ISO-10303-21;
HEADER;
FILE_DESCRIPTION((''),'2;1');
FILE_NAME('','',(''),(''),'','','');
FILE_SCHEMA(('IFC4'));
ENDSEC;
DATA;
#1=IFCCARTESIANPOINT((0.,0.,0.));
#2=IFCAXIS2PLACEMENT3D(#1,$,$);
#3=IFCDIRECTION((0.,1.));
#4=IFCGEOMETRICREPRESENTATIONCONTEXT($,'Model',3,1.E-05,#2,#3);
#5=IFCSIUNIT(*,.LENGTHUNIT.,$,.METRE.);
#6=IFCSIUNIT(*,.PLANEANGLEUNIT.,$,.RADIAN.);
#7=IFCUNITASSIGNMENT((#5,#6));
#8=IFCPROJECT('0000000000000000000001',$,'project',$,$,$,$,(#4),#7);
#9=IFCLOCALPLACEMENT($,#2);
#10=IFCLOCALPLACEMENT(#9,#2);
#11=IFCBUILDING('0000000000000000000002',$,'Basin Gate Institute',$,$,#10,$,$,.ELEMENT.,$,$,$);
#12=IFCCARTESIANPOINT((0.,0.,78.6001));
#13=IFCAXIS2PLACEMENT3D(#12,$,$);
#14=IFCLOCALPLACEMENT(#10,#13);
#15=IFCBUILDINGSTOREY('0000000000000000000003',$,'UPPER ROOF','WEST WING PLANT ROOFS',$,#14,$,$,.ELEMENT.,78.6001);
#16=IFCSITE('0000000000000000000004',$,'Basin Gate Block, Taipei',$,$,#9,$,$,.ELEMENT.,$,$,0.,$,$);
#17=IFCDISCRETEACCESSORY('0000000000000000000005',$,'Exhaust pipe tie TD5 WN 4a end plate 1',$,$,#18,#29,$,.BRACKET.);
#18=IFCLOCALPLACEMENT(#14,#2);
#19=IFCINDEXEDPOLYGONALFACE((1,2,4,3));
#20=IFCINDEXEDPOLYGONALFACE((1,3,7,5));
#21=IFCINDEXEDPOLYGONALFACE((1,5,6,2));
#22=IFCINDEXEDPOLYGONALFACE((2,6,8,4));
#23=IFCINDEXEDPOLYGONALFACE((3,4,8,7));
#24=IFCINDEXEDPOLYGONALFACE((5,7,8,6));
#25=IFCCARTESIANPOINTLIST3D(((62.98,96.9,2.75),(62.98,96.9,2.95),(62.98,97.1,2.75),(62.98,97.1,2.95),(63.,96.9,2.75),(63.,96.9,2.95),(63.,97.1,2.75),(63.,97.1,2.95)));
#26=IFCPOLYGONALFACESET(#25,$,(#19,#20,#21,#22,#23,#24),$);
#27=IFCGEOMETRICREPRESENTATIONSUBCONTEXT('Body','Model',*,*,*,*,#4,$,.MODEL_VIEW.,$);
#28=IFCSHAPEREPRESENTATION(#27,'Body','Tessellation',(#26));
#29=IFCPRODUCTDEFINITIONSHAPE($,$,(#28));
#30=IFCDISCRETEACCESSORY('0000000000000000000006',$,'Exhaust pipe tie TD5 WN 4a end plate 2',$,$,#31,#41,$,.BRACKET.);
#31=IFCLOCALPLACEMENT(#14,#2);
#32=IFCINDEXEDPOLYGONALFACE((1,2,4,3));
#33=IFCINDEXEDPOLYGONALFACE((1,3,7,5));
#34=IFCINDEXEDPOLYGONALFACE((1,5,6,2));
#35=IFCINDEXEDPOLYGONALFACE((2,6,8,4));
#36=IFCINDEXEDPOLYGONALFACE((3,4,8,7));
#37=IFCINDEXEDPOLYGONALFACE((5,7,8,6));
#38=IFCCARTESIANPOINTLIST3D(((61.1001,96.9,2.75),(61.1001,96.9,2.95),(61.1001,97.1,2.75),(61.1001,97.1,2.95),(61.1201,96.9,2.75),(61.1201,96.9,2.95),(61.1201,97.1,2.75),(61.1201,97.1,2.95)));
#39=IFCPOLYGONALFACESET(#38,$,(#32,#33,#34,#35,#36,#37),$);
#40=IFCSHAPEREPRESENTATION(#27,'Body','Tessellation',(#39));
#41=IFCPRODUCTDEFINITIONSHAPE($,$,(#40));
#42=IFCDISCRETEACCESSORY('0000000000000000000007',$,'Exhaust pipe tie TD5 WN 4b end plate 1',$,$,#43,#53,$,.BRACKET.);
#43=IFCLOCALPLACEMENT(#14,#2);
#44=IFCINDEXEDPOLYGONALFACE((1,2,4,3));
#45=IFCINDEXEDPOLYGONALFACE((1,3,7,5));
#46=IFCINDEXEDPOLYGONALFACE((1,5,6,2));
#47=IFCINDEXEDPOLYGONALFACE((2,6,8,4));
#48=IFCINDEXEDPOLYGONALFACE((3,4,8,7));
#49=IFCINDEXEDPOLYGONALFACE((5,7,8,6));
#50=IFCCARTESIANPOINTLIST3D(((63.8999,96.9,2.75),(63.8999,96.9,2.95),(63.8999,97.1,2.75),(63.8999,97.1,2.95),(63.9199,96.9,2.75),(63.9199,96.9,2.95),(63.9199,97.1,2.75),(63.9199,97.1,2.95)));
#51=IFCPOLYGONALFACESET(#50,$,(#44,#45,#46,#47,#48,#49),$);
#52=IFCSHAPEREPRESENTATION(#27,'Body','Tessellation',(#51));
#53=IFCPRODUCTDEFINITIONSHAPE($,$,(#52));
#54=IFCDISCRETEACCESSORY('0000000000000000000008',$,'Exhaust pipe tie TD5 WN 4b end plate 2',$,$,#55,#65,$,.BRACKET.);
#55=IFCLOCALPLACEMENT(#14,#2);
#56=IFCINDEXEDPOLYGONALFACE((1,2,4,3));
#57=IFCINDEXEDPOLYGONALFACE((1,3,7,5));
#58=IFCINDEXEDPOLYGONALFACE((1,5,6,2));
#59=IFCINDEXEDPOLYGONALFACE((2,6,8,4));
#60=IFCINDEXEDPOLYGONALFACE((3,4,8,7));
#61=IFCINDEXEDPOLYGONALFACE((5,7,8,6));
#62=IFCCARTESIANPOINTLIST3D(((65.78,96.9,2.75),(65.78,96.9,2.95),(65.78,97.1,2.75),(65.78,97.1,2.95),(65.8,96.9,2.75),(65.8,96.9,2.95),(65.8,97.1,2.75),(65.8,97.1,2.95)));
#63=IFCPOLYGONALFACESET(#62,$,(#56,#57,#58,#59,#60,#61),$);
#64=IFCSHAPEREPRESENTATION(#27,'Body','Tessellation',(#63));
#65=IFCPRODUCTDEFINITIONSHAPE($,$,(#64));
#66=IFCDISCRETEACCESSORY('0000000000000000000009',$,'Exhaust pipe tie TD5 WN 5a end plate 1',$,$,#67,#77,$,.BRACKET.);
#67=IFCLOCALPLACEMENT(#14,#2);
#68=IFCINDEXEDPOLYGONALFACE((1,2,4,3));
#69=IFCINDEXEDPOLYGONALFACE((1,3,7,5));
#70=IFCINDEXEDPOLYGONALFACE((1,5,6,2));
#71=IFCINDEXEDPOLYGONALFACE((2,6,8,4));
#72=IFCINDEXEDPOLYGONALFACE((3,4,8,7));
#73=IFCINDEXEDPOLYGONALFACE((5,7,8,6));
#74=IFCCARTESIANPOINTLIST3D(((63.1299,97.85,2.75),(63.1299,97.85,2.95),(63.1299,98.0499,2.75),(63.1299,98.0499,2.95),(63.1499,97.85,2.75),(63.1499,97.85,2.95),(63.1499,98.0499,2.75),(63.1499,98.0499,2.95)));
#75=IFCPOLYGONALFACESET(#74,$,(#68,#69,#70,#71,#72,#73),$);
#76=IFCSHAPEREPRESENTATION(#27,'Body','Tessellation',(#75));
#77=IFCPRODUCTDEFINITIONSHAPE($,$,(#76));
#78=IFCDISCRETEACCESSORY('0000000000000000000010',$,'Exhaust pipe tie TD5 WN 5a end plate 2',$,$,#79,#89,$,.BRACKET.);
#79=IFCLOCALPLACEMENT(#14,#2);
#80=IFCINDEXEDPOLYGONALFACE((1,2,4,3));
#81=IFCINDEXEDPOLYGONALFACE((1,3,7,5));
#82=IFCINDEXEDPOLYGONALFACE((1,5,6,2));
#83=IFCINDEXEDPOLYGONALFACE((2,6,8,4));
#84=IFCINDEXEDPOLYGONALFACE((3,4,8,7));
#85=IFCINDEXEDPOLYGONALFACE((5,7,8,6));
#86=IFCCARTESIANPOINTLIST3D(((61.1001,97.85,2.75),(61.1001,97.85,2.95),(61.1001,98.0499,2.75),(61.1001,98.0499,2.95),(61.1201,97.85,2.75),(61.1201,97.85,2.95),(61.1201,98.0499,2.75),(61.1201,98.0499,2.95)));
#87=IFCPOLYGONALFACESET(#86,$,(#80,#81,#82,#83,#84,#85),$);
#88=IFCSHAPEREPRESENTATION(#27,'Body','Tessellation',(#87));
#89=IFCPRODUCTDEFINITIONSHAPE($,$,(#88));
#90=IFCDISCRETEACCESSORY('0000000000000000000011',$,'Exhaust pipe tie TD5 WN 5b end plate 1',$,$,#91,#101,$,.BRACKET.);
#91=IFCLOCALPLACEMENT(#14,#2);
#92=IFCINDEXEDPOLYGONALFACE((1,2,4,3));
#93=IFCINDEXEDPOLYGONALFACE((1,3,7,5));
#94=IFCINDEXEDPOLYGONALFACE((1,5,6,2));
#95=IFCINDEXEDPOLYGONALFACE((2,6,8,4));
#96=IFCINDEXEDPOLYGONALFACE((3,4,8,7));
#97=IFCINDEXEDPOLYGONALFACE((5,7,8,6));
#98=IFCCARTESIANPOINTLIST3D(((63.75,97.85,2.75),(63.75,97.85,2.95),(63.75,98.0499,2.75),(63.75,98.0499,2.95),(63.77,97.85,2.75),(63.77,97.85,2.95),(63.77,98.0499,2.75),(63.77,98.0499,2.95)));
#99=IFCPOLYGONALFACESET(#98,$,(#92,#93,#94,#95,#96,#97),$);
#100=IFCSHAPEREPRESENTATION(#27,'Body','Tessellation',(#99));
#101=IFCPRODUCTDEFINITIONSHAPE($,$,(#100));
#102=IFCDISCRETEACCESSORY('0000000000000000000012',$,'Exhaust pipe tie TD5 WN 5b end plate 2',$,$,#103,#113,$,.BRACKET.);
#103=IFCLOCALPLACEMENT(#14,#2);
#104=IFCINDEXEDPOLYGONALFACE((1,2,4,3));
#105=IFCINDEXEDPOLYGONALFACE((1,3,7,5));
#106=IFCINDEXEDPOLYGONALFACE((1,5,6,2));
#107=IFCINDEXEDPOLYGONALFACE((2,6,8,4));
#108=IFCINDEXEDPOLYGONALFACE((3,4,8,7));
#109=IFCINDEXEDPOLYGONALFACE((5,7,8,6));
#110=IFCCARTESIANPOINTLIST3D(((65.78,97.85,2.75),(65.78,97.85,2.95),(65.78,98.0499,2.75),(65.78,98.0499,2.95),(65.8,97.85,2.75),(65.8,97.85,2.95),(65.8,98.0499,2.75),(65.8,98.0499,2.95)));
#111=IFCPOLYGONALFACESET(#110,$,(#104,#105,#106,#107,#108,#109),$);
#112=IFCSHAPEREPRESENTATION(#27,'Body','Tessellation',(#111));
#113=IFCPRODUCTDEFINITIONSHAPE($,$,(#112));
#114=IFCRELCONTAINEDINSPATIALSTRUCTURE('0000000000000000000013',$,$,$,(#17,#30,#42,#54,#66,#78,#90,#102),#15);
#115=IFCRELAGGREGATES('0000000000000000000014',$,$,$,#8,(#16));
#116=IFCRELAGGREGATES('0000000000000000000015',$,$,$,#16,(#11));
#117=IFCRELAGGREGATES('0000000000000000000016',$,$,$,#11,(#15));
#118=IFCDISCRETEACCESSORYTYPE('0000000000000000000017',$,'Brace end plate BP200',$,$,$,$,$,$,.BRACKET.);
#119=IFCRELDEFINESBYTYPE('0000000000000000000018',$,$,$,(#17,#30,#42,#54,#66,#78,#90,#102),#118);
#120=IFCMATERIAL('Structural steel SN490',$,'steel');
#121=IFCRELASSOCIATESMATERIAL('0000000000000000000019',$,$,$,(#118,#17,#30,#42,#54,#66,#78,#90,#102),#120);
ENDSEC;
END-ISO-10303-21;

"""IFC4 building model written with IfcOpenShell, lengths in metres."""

from ifc_helpers import new_model, si_unit, direction, frame, origin, origin_2d, place, context, subcontext, project, spatial, rectangle, extrude, material, type_object, element, save


model = new_model("IFC4")

# Units and contexts
model_context = context("Model", 3, precision=1e-05, world=origin(), true_north=direction((0.0, 1.0)))
body_context = subcontext(model_context, "Body", "Model", "MODEL_VIEW")
ifc_project = project(units=[si_unit("LENGTHUNIT", "METRE"), si_unit("PLANEANGLEUNIT", "RADIAN")], contexts=[model_context])

# Site, building, storey
site_placement = place(None, origin())
site = spatial("IfcSite", under=ifc_project, at=site_placement, Name="Basin Gate Block, Taipei", CompositionType="ELEMENT", RefElevation=0.0)
building_placement = place(site_placement, origin())
building = spatial("IfcBuilding", under=site, at=building_placement, Name="Basin Gate Institute", CompositionType="ELEMENT")
storey_placement = place(building_placement, frame((0.0, 0.0, 78.6001)))
storey = spatial("IfcBuildingStorey", under=building, at=storey_placement, Name="UPPER ROOF", Description="WEST WING PLANT ROOFS", CompositionType="ELEMENT", Elevation=78.6001)

# Discrete accessories
ifc_material_1 = material(Name="Structural steel SN490", Category="steel")
discrete_accessory_type = type_object("IfcDiscreteAccessoryType", Name="Brace end plate BP200", PredefinedType="BRACKET", material=ifc_material_1)
for number, where, z_axis, x_axis, name in (
    (1, (62.99, 97.0, 2.75), (0.0, 0.0, 1.0), (1.0, 0.0, 0.0), "Exhaust pipe tie TD5 WN 4a end plate 1"),
    (2, (61.1101, 97.0, 2.75), (0.0, 0.0, 1.0), (1.0, 0.0, 0.0), "Exhaust pipe tie TD5 WN 4a end plate 2"),
    (3, (63.9099, 97.0, 2.75), (0.0, 0.0, 1.0), (1.0, 0.0, 0.0), "Exhaust pipe tie TD5 WN 4b end plate 1"),
    (4, (65.79, 97.0, 2.75), (0.0, 0.0, 1.0), (1.0, 0.0, 0.0), "Exhaust pipe tie TD5 WN 4b end plate 2"),
    (5, (63.1399, 97.95, 2.75), (0.0, 0.0, 1.0), (1.0, 0.0, 0.0), "Exhaust pipe tie TD5 WN 5a end plate 1"),
    (6, (61.1101, 97.95, 2.75), (0.0, 0.0, 1.0), (1.0, 0.0, 0.0), "Exhaust pipe tie TD5 WN 5a end plate 2"),
    (7, (63.76, 97.95, 2.75), (0.0, 0.0, 1.0), (1.0, 0.0, 0.0), "Exhaust pipe tie TD5 WN 5b end plate 1"),
    (8, (65.79, 97.95, 2.75), (0.0, 0.0, 1.0), (1.0, 0.0, 0.0), "Exhaust pipe tie TD5 WN 5b end plate 2"),
):
    element("IfcDiscreteAccessory", number, at=place(storey_placement, frame(where, z_axis=z_axis, x_axis=x_axis)), inside=storey, type_object=discrete_accessory_type, material=ifc_material_1, Name=name, PredefinedType="BRACKET", context=body_context, shape_type="SweptSolid", body=[
        extrude(rectangle(XDim=0.02, YDim=0.2, at=origin_2d()), origin(), (0.0, 0.0, 1.0), 0.2),
    ])

save(model, "model.ifc")
